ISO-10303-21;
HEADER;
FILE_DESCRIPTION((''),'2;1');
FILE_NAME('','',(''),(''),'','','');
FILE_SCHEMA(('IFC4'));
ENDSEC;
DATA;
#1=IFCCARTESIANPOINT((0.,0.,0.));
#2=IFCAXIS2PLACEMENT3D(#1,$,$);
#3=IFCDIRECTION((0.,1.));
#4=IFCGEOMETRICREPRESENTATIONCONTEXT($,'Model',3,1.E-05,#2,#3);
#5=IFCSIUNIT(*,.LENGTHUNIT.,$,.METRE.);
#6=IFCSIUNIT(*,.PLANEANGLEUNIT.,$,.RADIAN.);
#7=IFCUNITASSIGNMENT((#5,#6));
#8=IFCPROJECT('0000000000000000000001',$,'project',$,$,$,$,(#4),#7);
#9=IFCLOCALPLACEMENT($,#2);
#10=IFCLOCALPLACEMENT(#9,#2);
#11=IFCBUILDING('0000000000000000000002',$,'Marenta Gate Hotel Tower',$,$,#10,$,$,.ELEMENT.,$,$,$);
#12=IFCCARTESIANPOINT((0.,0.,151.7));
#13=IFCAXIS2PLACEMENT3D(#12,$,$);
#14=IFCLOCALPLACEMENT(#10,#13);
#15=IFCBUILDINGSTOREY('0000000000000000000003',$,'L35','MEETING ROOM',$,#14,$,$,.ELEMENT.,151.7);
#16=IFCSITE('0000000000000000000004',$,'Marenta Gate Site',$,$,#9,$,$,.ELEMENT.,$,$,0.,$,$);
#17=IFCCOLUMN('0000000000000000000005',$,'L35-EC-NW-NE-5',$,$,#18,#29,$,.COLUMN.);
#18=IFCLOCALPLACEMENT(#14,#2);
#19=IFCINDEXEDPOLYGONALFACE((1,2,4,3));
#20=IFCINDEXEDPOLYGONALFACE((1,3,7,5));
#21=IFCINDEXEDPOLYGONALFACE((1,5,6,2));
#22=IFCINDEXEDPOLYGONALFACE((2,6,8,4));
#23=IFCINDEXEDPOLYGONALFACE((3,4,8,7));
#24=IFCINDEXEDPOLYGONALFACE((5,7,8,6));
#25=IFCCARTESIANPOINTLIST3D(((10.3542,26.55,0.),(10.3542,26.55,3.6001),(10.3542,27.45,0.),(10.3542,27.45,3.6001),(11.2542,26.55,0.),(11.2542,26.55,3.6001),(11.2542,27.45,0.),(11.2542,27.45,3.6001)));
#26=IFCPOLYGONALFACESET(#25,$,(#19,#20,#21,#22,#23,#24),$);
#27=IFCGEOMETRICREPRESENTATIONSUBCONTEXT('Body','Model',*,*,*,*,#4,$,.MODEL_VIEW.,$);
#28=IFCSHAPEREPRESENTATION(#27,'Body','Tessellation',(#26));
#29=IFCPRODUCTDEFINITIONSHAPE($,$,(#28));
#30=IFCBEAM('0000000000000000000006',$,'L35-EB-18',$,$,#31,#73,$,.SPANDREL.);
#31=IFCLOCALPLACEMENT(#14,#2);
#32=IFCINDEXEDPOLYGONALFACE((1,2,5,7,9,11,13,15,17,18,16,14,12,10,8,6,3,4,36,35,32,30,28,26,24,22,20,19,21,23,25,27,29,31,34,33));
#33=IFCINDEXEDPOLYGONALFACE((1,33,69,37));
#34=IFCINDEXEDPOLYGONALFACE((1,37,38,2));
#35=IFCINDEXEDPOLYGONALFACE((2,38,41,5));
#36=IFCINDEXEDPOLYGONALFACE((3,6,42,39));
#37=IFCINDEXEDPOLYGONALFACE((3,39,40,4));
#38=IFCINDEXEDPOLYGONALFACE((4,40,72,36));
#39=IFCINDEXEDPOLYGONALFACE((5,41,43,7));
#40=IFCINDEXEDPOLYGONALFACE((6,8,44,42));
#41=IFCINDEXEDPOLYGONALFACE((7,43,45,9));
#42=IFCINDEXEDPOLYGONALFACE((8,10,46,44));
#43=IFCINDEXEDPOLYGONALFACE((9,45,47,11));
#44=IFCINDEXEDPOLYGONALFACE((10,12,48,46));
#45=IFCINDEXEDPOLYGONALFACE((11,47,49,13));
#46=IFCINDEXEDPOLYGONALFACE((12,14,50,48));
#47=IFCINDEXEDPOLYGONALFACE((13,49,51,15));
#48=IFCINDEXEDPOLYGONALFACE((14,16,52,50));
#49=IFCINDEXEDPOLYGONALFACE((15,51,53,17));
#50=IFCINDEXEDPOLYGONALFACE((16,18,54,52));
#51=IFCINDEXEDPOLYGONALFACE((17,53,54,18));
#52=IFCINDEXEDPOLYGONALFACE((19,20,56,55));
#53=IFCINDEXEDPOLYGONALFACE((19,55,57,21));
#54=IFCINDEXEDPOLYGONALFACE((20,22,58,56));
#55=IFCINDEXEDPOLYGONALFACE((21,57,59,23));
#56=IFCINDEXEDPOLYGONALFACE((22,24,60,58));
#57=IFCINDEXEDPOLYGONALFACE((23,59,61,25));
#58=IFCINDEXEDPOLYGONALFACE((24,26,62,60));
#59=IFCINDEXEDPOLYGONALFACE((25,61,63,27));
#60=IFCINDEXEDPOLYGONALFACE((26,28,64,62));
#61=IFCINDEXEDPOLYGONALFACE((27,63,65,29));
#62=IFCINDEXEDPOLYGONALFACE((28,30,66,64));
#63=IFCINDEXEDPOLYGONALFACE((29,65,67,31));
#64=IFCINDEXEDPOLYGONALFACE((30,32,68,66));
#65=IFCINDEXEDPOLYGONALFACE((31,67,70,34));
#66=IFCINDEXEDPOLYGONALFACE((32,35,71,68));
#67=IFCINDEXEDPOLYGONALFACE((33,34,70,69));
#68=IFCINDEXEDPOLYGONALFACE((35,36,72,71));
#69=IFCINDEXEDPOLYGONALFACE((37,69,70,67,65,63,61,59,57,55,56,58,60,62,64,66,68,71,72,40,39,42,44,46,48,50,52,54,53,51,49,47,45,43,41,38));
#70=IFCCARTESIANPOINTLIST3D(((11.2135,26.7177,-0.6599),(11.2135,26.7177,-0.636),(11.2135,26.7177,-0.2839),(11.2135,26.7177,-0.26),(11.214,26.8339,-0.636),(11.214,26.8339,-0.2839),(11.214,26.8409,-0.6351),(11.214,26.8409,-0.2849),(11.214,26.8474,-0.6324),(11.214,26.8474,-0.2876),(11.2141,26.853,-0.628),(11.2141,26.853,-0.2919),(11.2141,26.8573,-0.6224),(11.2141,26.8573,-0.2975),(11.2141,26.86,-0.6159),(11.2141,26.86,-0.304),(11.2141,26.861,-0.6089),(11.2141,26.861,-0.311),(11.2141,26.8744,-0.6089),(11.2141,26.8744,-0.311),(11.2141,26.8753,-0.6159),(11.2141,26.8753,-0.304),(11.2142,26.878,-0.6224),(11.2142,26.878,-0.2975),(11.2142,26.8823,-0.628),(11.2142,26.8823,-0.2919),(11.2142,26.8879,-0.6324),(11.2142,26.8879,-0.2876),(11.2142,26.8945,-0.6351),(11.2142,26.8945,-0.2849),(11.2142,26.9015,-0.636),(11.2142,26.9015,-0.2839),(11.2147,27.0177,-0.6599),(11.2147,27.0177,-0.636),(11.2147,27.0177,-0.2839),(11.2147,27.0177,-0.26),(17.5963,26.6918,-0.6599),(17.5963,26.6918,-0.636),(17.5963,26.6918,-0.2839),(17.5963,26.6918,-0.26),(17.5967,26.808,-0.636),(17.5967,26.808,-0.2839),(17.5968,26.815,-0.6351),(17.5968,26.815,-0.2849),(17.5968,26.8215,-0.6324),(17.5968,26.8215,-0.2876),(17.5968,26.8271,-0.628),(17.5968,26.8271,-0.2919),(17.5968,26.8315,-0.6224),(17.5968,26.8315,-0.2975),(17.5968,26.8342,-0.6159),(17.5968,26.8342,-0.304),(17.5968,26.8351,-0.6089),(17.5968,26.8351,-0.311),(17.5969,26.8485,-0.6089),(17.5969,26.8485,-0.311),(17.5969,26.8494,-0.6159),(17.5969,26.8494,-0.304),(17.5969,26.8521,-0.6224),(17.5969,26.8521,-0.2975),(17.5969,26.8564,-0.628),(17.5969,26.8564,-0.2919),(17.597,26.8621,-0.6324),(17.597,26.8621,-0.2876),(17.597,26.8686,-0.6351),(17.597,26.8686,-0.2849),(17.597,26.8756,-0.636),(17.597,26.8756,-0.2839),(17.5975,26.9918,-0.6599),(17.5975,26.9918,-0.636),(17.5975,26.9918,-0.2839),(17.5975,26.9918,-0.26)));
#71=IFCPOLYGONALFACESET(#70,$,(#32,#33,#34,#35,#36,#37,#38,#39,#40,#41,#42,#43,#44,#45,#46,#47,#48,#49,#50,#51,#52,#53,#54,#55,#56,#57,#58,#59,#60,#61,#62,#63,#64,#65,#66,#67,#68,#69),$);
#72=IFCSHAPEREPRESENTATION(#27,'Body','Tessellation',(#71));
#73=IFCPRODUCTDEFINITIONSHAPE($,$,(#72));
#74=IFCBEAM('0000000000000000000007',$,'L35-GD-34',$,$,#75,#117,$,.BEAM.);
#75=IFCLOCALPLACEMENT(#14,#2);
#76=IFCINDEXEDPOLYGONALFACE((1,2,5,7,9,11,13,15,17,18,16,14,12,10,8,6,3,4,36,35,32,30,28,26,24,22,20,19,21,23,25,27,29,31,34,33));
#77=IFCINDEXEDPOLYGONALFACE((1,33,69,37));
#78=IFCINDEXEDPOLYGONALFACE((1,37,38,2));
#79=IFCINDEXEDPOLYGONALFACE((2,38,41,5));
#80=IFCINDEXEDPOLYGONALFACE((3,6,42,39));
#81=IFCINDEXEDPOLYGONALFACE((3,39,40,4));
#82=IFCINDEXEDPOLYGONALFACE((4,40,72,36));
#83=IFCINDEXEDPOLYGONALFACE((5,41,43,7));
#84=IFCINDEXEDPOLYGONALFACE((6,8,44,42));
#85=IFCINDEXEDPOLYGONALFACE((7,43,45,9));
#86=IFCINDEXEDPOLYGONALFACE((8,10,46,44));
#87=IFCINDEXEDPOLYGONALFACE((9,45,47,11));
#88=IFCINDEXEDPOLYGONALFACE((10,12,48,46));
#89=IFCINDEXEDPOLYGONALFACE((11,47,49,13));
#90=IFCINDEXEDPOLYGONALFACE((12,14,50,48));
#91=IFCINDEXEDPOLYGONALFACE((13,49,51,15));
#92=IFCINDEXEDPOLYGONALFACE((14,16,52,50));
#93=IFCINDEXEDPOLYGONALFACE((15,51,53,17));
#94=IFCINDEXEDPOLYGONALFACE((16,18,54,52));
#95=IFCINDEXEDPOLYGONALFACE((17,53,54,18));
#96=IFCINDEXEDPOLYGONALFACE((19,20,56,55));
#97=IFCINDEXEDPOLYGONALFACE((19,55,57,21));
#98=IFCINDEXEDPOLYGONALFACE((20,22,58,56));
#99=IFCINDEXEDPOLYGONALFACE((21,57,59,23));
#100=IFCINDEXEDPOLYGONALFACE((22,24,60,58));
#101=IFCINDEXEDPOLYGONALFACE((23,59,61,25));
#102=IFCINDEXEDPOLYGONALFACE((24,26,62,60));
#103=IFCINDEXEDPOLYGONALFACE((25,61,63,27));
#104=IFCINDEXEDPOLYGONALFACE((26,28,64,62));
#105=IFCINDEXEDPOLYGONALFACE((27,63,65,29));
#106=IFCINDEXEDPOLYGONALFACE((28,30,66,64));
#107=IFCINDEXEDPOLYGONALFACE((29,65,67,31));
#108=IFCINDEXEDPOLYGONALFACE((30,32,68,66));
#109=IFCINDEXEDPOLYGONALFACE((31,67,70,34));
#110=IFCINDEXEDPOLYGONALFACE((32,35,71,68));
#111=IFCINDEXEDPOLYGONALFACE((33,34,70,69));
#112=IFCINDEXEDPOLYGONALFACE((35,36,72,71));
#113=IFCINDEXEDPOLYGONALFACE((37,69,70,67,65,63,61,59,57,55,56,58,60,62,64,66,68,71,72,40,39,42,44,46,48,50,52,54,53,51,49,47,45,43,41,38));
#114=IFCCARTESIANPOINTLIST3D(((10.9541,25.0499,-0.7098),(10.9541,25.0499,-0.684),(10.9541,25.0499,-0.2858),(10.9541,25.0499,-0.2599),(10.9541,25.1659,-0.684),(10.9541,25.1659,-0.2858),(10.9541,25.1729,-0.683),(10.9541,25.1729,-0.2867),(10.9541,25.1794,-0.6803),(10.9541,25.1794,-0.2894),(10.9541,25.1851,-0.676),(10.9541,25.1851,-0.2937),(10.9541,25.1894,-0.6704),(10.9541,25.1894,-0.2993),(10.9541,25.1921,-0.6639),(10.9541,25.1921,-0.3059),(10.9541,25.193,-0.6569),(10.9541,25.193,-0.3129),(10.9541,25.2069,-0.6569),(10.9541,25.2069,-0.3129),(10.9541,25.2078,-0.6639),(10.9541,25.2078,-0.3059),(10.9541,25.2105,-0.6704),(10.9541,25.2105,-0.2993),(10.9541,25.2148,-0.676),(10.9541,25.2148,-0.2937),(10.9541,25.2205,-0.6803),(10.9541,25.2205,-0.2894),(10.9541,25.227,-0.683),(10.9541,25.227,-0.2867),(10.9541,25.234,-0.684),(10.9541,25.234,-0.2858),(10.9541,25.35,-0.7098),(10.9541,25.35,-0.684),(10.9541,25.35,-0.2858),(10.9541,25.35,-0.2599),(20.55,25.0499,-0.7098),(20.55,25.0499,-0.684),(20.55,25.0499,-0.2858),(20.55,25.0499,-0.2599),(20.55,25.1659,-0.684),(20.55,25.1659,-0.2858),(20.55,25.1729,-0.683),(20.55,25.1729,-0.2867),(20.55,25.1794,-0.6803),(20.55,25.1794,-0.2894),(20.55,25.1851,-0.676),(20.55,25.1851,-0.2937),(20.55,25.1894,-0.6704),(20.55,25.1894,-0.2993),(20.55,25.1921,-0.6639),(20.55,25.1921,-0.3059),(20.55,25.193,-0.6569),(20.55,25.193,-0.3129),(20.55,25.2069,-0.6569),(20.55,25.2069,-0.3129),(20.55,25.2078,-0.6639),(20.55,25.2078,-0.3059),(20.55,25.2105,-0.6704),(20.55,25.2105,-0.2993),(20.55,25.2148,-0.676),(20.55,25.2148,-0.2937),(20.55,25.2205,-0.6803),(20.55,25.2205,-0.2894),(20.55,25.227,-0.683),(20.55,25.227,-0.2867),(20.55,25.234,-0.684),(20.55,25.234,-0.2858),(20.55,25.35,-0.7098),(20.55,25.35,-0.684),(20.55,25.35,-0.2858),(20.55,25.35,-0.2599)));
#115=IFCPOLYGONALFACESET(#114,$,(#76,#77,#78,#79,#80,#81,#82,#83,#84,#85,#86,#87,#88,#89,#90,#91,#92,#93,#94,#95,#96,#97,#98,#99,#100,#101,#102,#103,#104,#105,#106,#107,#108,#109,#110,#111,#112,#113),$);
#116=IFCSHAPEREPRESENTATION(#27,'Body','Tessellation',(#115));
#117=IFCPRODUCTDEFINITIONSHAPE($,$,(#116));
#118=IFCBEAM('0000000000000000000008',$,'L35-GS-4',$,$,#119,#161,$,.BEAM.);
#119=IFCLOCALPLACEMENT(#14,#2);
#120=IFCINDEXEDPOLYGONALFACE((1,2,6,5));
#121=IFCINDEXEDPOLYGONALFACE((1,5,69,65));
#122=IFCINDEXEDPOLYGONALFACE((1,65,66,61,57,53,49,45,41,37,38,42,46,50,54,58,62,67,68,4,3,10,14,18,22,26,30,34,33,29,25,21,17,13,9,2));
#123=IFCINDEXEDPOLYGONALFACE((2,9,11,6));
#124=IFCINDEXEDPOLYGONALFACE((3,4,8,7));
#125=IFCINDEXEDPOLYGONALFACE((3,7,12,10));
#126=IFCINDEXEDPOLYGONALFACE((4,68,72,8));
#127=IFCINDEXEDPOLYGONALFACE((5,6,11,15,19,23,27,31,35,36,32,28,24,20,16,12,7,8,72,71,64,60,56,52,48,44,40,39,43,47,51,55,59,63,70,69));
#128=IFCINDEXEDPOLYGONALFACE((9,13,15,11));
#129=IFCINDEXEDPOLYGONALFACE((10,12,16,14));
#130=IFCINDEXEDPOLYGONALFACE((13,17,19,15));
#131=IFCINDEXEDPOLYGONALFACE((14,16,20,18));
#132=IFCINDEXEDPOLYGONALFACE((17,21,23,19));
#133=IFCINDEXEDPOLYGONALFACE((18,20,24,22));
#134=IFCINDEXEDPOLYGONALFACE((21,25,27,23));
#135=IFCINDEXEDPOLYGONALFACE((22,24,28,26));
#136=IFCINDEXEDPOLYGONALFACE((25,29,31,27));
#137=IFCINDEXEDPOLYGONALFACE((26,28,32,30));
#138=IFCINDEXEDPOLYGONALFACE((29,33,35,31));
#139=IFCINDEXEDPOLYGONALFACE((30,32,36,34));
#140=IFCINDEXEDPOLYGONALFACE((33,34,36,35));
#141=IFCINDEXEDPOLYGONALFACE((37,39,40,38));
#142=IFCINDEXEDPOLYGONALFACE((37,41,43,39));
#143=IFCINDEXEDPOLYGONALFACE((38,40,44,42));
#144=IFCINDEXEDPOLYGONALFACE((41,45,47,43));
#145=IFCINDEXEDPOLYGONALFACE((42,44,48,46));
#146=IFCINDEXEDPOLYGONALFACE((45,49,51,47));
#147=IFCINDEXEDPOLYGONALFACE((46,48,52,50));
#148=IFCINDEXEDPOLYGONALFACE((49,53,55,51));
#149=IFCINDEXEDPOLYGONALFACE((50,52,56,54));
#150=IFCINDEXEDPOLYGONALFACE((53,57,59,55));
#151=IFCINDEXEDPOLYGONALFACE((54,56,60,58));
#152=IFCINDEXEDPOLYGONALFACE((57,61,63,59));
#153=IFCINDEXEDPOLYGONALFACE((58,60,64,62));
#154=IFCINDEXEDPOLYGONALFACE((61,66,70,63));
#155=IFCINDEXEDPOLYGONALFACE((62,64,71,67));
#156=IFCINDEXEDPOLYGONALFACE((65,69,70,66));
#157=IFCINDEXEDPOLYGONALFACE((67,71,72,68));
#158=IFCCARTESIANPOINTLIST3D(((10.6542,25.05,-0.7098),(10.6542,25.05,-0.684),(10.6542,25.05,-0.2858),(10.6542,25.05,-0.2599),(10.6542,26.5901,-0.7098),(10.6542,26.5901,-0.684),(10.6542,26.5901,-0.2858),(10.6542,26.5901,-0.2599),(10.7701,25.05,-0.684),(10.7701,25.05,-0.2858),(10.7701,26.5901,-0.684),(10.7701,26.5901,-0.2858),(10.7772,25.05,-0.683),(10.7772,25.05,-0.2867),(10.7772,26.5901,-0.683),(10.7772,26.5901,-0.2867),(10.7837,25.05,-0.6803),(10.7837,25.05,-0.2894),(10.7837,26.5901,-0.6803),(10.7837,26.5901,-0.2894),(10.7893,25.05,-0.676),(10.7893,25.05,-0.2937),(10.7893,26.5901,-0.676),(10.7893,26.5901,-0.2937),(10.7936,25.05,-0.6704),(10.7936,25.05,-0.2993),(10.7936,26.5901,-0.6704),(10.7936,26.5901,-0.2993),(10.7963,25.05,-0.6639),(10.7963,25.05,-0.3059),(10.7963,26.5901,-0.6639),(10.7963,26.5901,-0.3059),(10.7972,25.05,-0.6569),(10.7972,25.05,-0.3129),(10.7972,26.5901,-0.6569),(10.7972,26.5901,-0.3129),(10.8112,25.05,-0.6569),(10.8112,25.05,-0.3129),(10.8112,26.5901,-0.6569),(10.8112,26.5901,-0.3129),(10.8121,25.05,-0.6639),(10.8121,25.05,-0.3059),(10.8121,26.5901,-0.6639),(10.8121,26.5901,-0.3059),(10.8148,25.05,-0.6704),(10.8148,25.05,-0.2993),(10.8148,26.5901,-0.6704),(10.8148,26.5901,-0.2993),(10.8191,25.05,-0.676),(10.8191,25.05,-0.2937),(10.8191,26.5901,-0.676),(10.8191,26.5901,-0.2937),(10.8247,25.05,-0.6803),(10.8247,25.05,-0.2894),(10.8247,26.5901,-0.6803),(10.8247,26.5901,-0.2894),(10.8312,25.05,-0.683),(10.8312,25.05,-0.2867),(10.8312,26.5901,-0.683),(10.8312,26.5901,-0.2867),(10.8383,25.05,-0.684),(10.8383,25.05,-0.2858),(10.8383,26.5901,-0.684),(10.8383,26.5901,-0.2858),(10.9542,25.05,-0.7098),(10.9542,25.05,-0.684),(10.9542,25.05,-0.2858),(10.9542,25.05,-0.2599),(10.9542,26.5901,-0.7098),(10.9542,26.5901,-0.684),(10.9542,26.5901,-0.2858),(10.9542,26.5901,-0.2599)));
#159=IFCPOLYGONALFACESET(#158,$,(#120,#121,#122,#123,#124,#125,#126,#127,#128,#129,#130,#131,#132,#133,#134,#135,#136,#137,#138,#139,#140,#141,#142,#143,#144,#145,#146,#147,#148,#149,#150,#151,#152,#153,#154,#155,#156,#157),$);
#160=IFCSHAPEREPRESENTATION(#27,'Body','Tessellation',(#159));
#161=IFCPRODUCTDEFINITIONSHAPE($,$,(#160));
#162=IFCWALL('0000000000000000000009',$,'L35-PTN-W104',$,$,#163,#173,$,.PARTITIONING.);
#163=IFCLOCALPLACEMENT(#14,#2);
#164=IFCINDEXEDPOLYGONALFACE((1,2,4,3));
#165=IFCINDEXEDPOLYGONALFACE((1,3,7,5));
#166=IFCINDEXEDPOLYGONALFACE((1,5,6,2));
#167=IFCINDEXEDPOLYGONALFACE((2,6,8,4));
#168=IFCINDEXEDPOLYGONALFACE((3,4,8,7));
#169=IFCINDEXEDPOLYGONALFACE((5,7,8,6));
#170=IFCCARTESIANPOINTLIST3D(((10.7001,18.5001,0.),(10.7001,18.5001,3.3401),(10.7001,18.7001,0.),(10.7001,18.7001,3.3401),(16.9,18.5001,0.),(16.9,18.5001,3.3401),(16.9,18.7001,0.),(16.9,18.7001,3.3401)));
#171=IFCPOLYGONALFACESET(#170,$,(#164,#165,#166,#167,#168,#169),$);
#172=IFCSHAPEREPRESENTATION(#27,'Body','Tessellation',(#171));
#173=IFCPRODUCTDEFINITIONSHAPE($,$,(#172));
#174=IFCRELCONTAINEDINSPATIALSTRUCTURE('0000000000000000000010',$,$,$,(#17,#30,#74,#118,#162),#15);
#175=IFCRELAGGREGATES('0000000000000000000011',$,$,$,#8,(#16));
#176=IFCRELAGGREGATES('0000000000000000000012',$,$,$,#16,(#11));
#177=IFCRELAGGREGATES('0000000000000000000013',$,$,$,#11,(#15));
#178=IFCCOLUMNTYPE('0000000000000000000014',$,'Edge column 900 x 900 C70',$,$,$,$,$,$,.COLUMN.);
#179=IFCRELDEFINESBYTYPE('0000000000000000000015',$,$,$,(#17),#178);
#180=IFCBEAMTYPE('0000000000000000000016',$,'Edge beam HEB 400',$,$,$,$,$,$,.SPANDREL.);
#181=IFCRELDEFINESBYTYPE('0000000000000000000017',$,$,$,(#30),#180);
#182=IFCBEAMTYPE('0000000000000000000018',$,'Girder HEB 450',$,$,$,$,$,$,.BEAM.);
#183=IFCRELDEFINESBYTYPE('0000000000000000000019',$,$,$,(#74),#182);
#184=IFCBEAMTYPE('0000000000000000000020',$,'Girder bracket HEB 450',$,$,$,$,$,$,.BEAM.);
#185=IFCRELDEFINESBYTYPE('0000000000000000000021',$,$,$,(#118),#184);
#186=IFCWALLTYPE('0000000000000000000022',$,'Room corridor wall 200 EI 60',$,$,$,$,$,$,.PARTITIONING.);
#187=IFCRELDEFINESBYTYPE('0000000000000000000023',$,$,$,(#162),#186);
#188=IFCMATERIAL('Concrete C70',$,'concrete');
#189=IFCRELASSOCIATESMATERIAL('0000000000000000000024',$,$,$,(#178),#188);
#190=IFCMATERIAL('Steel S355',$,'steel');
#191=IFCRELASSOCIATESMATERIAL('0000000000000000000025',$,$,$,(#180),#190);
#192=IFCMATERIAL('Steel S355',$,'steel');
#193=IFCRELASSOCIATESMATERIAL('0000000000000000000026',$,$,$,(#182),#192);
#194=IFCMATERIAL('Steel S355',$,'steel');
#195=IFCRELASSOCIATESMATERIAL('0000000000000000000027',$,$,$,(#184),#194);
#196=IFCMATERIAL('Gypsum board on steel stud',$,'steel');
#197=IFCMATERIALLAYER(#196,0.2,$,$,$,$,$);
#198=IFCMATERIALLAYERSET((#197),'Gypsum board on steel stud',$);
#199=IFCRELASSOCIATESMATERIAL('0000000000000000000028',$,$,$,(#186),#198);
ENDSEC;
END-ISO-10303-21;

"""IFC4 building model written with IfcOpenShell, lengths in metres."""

from ifc_helpers import new_model, si_unit, direction, frame, frame_2d, origin, origin_2d, place, context, subcontext, project, spatial, rectangle, i_section, extrude, material, layer, layer_set, material_profile, profile_set, type_object, element, save


model = new_model("IFC4")

# Units and contexts
model_context = context("Model", 3, precision=1e-05, world=origin(), true_north=direction((0.0, 1.0)))
body_context = subcontext(model_context, "Body", "Model", "MODEL_VIEW")
ifc_project = project(units=[si_unit("LENGTHUNIT", "METRE"), si_unit("PLANEANGLEUNIT", "RADIAN")], contexts=[model_context])

# Site, building, storey
site_placement = place(None, origin())
site = spatial("IfcSite", under=ifc_project, at=site_placement, Name="Marenta Gate Site", CompositionType="ELEMENT", RefElevation=0.0)
building_placement = place(site_placement, origin())
building = spatial("IfcBuilding", under=site, at=building_placement, Name="Marenta Gate Hotel Tower", CompositionType="ELEMENT")
storey_placement = place(building_placement, frame((0.0, 0.0, 151.7)))
storey = spatial("IfcBuildingStorey", under=building, at=storey_placement, Name="L35", Description="MEETING ROOM", CompositionType="ELEMENT", Elevation=151.7)

# Column
ifc_material_1 = material(Name="Concrete C70", Category="concrete")
ifc_material_profile_1 = material_profile(ifc_material_1, rectangle(XDim=0.8999, YDim=0.8999, at=origin_2d()), Name="900 x 900")
ifc_profile_set_1 = profile_set([ifc_material_profile_1], Name="Concrete C70")
column_type = type_object("IfcColumnType", Name="Edge column 900 x 900 C70", PredefinedType="COLUMN", material=ifc_profile_set_1)
column_placement = place(storey_placement, frame((10.8042, 27.0, 0.0), z_axis=(0.0, 0.0, 1.0), x_axis=(1.0, 0.0, 0.0)))
element("IfcColumn", 1, at=column_placement, inside=storey, type_object=column_type, Name="L35-EC-NW-NE-5", PredefinedType="COLUMN", context=body_context, shape_type="SweptSolid", body=[
    extrude(rectangle(XDim=0.8999, YDim=0.8999, at=origin_2d()), origin(), (0.0, 0.0, 1.0), 3.6001),
])

# Beams
ifc_material_2 = material(Name="Steel S355", Category="steel")
ifc_material_profile_2 = material_profile(ifc_material_2, i_section(OverallWidth=0.3, OverallDepth=0.3999, WebThickness=0.0134, FlangeThickness=0.0239, FilletRadius=0.0271, at=origin_2d()), Name="HEB 400")
ifc_profile_set_2 = profile_set([ifc_material_profile_2], Name="Steel S355")
beam_type_1 = type_object("IfcBeamType", Name="Edge beam HEB 400", PredefinedType="SPANDREL", material=ifc_profile_set_2)
beam_1_placement = place(storey_placement, frame((11.2141, 26.8677, -0.46), z_axis=(0.999992, -0.004054, 0.0), x_axis=(0.004054, 0.999992, 0.0)))
element("IfcBeam", 2, at=beam_1_placement, inside=storey, type_object=beam_type_1, Name="L35-EB-18", PredefinedType="SPANDREL", context=body_context, shape_type="SweptSolid", body=[
    extrude(i_section(OverallWidth=0.3, OverallDepth=0.3999, WebThickness=0.0134, FlangeThickness=0.0239, FilletRadius=0.0271, at=origin_2d()), origin(), (0.0, 0.0, 1.0), 6.3828),
])
ifc_material_3 = material(Name="Steel S355", Category="steel")
ifc_material_profile_3 = material_profile(ifc_material_3, i_section(OverallWidth=0.3, OverallDepth=0.45, WebThickness=0.0139, FlangeThickness=0.0259, FilletRadius=0.0271, at=origin_2d()), Name="HEB 450")
ifc_profile_set_3 = profile_set([ifc_material_profile_3], Name="Steel S355")
beam_type_2 = type_object("IfcBeamType", Name="Girder HEB 450", PredefinedType="BEAM", material=ifc_profile_set_3)
beam_2_placement = place(storey_placement, frame((10.9541, 25.2, -0.4849), z_axis=(1.0, 0.0, 0.0), x_axis=(0.0, 1.0, 0.0)))
element("IfcBeam", 3, at=beam_2_placement, inside=storey, type_object=beam_type_2, Name="L35-GD-34", PredefinedType="BEAM", context=body_context, shape_type="SweptSolid", body=[
    extrude(i_section(OverallWidth=0.3, OverallDepth=0.45, WebThickness=0.0139, FlangeThickness=0.0259, FilletRadius=0.0271, at=origin_2d()), origin(), (0.0, 0.0, 1.0), 9.5959),
])
ifc_material_4 = material(Name="Steel S355", Category="steel")
ifc_material_profile_4 = material_profile(ifc_material_4, i_section(OverallWidth=0.3, OverallDepth=0.45, WebThickness=0.0139, FlangeThickness=0.0259, FilletRadius=0.0271, at=origin_2d()), Name="HEB 450")
ifc_profile_set_4 = profile_set([ifc_material_profile_4], Name="Steel S355")
beam_type_3 = type_object("IfcBeamType", Name="Girder bracket HEB 450", PredefinedType="BEAM", material=ifc_profile_set_4)
beam_3_placement = place(storey_placement, frame((10.8042, 25.05, -0.4849), z_axis=(0.0, 1.0, 0.0), x_axis=(-1.0, 0.0, 0.0)))
element("IfcBeam", 4, at=beam_3_placement, inside=storey, type_object=beam_type_3, Name="L35-GS-4", PredefinedType="BEAM", context=body_context, shape_type="SweptSolid", body=[
    extrude(i_section(OverallWidth=0.3, OverallDepth=0.45, WebThickness=0.0139, FlangeThickness=0.0259, FilletRadius=0.0271, at=origin_2d()), origin(), (0.0, 0.0, 1.0), 1.54),
])

# Shared definitions
ifc_material_5 = material(Name="Gypsum board on steel stud", Category="steel")
ifc_layer_1 = layer(ifc_material_5, 0.2)
ifc_layer_set_1 = layer_set([ifc_layer_1], Name="Gypsum board on steel stud")
wall_type_1 = type_object("IfcWallType", Name="Room corridor wall 200 EI 60", PredefinedType="PARTITIONING", material=ifc_layer_set_1)

# Wall
wall_1_placement = place(storey_placement, frame((10.7, 18.6001, 0.0), z_axis=(0.0, 0.0, 1.0), x_axis=(1.0, 0.0, 0.0)))
element("IfcWall", 5, at=wall_1_placement, inside=storey, type_object=wall_type_1, Name="L35-PTN-W104", PredefinedType="PARTITIONING", context=body_context, shape_type="SweptSolid", body=[
    extrude(rectangle(XDim=6.2, YDim=0.2, at=frame_2d((3.1001, 0.0))), origin(), (0.0, 0.0, 1.0), 3.3401),
])

save(model, "model.ifc")
